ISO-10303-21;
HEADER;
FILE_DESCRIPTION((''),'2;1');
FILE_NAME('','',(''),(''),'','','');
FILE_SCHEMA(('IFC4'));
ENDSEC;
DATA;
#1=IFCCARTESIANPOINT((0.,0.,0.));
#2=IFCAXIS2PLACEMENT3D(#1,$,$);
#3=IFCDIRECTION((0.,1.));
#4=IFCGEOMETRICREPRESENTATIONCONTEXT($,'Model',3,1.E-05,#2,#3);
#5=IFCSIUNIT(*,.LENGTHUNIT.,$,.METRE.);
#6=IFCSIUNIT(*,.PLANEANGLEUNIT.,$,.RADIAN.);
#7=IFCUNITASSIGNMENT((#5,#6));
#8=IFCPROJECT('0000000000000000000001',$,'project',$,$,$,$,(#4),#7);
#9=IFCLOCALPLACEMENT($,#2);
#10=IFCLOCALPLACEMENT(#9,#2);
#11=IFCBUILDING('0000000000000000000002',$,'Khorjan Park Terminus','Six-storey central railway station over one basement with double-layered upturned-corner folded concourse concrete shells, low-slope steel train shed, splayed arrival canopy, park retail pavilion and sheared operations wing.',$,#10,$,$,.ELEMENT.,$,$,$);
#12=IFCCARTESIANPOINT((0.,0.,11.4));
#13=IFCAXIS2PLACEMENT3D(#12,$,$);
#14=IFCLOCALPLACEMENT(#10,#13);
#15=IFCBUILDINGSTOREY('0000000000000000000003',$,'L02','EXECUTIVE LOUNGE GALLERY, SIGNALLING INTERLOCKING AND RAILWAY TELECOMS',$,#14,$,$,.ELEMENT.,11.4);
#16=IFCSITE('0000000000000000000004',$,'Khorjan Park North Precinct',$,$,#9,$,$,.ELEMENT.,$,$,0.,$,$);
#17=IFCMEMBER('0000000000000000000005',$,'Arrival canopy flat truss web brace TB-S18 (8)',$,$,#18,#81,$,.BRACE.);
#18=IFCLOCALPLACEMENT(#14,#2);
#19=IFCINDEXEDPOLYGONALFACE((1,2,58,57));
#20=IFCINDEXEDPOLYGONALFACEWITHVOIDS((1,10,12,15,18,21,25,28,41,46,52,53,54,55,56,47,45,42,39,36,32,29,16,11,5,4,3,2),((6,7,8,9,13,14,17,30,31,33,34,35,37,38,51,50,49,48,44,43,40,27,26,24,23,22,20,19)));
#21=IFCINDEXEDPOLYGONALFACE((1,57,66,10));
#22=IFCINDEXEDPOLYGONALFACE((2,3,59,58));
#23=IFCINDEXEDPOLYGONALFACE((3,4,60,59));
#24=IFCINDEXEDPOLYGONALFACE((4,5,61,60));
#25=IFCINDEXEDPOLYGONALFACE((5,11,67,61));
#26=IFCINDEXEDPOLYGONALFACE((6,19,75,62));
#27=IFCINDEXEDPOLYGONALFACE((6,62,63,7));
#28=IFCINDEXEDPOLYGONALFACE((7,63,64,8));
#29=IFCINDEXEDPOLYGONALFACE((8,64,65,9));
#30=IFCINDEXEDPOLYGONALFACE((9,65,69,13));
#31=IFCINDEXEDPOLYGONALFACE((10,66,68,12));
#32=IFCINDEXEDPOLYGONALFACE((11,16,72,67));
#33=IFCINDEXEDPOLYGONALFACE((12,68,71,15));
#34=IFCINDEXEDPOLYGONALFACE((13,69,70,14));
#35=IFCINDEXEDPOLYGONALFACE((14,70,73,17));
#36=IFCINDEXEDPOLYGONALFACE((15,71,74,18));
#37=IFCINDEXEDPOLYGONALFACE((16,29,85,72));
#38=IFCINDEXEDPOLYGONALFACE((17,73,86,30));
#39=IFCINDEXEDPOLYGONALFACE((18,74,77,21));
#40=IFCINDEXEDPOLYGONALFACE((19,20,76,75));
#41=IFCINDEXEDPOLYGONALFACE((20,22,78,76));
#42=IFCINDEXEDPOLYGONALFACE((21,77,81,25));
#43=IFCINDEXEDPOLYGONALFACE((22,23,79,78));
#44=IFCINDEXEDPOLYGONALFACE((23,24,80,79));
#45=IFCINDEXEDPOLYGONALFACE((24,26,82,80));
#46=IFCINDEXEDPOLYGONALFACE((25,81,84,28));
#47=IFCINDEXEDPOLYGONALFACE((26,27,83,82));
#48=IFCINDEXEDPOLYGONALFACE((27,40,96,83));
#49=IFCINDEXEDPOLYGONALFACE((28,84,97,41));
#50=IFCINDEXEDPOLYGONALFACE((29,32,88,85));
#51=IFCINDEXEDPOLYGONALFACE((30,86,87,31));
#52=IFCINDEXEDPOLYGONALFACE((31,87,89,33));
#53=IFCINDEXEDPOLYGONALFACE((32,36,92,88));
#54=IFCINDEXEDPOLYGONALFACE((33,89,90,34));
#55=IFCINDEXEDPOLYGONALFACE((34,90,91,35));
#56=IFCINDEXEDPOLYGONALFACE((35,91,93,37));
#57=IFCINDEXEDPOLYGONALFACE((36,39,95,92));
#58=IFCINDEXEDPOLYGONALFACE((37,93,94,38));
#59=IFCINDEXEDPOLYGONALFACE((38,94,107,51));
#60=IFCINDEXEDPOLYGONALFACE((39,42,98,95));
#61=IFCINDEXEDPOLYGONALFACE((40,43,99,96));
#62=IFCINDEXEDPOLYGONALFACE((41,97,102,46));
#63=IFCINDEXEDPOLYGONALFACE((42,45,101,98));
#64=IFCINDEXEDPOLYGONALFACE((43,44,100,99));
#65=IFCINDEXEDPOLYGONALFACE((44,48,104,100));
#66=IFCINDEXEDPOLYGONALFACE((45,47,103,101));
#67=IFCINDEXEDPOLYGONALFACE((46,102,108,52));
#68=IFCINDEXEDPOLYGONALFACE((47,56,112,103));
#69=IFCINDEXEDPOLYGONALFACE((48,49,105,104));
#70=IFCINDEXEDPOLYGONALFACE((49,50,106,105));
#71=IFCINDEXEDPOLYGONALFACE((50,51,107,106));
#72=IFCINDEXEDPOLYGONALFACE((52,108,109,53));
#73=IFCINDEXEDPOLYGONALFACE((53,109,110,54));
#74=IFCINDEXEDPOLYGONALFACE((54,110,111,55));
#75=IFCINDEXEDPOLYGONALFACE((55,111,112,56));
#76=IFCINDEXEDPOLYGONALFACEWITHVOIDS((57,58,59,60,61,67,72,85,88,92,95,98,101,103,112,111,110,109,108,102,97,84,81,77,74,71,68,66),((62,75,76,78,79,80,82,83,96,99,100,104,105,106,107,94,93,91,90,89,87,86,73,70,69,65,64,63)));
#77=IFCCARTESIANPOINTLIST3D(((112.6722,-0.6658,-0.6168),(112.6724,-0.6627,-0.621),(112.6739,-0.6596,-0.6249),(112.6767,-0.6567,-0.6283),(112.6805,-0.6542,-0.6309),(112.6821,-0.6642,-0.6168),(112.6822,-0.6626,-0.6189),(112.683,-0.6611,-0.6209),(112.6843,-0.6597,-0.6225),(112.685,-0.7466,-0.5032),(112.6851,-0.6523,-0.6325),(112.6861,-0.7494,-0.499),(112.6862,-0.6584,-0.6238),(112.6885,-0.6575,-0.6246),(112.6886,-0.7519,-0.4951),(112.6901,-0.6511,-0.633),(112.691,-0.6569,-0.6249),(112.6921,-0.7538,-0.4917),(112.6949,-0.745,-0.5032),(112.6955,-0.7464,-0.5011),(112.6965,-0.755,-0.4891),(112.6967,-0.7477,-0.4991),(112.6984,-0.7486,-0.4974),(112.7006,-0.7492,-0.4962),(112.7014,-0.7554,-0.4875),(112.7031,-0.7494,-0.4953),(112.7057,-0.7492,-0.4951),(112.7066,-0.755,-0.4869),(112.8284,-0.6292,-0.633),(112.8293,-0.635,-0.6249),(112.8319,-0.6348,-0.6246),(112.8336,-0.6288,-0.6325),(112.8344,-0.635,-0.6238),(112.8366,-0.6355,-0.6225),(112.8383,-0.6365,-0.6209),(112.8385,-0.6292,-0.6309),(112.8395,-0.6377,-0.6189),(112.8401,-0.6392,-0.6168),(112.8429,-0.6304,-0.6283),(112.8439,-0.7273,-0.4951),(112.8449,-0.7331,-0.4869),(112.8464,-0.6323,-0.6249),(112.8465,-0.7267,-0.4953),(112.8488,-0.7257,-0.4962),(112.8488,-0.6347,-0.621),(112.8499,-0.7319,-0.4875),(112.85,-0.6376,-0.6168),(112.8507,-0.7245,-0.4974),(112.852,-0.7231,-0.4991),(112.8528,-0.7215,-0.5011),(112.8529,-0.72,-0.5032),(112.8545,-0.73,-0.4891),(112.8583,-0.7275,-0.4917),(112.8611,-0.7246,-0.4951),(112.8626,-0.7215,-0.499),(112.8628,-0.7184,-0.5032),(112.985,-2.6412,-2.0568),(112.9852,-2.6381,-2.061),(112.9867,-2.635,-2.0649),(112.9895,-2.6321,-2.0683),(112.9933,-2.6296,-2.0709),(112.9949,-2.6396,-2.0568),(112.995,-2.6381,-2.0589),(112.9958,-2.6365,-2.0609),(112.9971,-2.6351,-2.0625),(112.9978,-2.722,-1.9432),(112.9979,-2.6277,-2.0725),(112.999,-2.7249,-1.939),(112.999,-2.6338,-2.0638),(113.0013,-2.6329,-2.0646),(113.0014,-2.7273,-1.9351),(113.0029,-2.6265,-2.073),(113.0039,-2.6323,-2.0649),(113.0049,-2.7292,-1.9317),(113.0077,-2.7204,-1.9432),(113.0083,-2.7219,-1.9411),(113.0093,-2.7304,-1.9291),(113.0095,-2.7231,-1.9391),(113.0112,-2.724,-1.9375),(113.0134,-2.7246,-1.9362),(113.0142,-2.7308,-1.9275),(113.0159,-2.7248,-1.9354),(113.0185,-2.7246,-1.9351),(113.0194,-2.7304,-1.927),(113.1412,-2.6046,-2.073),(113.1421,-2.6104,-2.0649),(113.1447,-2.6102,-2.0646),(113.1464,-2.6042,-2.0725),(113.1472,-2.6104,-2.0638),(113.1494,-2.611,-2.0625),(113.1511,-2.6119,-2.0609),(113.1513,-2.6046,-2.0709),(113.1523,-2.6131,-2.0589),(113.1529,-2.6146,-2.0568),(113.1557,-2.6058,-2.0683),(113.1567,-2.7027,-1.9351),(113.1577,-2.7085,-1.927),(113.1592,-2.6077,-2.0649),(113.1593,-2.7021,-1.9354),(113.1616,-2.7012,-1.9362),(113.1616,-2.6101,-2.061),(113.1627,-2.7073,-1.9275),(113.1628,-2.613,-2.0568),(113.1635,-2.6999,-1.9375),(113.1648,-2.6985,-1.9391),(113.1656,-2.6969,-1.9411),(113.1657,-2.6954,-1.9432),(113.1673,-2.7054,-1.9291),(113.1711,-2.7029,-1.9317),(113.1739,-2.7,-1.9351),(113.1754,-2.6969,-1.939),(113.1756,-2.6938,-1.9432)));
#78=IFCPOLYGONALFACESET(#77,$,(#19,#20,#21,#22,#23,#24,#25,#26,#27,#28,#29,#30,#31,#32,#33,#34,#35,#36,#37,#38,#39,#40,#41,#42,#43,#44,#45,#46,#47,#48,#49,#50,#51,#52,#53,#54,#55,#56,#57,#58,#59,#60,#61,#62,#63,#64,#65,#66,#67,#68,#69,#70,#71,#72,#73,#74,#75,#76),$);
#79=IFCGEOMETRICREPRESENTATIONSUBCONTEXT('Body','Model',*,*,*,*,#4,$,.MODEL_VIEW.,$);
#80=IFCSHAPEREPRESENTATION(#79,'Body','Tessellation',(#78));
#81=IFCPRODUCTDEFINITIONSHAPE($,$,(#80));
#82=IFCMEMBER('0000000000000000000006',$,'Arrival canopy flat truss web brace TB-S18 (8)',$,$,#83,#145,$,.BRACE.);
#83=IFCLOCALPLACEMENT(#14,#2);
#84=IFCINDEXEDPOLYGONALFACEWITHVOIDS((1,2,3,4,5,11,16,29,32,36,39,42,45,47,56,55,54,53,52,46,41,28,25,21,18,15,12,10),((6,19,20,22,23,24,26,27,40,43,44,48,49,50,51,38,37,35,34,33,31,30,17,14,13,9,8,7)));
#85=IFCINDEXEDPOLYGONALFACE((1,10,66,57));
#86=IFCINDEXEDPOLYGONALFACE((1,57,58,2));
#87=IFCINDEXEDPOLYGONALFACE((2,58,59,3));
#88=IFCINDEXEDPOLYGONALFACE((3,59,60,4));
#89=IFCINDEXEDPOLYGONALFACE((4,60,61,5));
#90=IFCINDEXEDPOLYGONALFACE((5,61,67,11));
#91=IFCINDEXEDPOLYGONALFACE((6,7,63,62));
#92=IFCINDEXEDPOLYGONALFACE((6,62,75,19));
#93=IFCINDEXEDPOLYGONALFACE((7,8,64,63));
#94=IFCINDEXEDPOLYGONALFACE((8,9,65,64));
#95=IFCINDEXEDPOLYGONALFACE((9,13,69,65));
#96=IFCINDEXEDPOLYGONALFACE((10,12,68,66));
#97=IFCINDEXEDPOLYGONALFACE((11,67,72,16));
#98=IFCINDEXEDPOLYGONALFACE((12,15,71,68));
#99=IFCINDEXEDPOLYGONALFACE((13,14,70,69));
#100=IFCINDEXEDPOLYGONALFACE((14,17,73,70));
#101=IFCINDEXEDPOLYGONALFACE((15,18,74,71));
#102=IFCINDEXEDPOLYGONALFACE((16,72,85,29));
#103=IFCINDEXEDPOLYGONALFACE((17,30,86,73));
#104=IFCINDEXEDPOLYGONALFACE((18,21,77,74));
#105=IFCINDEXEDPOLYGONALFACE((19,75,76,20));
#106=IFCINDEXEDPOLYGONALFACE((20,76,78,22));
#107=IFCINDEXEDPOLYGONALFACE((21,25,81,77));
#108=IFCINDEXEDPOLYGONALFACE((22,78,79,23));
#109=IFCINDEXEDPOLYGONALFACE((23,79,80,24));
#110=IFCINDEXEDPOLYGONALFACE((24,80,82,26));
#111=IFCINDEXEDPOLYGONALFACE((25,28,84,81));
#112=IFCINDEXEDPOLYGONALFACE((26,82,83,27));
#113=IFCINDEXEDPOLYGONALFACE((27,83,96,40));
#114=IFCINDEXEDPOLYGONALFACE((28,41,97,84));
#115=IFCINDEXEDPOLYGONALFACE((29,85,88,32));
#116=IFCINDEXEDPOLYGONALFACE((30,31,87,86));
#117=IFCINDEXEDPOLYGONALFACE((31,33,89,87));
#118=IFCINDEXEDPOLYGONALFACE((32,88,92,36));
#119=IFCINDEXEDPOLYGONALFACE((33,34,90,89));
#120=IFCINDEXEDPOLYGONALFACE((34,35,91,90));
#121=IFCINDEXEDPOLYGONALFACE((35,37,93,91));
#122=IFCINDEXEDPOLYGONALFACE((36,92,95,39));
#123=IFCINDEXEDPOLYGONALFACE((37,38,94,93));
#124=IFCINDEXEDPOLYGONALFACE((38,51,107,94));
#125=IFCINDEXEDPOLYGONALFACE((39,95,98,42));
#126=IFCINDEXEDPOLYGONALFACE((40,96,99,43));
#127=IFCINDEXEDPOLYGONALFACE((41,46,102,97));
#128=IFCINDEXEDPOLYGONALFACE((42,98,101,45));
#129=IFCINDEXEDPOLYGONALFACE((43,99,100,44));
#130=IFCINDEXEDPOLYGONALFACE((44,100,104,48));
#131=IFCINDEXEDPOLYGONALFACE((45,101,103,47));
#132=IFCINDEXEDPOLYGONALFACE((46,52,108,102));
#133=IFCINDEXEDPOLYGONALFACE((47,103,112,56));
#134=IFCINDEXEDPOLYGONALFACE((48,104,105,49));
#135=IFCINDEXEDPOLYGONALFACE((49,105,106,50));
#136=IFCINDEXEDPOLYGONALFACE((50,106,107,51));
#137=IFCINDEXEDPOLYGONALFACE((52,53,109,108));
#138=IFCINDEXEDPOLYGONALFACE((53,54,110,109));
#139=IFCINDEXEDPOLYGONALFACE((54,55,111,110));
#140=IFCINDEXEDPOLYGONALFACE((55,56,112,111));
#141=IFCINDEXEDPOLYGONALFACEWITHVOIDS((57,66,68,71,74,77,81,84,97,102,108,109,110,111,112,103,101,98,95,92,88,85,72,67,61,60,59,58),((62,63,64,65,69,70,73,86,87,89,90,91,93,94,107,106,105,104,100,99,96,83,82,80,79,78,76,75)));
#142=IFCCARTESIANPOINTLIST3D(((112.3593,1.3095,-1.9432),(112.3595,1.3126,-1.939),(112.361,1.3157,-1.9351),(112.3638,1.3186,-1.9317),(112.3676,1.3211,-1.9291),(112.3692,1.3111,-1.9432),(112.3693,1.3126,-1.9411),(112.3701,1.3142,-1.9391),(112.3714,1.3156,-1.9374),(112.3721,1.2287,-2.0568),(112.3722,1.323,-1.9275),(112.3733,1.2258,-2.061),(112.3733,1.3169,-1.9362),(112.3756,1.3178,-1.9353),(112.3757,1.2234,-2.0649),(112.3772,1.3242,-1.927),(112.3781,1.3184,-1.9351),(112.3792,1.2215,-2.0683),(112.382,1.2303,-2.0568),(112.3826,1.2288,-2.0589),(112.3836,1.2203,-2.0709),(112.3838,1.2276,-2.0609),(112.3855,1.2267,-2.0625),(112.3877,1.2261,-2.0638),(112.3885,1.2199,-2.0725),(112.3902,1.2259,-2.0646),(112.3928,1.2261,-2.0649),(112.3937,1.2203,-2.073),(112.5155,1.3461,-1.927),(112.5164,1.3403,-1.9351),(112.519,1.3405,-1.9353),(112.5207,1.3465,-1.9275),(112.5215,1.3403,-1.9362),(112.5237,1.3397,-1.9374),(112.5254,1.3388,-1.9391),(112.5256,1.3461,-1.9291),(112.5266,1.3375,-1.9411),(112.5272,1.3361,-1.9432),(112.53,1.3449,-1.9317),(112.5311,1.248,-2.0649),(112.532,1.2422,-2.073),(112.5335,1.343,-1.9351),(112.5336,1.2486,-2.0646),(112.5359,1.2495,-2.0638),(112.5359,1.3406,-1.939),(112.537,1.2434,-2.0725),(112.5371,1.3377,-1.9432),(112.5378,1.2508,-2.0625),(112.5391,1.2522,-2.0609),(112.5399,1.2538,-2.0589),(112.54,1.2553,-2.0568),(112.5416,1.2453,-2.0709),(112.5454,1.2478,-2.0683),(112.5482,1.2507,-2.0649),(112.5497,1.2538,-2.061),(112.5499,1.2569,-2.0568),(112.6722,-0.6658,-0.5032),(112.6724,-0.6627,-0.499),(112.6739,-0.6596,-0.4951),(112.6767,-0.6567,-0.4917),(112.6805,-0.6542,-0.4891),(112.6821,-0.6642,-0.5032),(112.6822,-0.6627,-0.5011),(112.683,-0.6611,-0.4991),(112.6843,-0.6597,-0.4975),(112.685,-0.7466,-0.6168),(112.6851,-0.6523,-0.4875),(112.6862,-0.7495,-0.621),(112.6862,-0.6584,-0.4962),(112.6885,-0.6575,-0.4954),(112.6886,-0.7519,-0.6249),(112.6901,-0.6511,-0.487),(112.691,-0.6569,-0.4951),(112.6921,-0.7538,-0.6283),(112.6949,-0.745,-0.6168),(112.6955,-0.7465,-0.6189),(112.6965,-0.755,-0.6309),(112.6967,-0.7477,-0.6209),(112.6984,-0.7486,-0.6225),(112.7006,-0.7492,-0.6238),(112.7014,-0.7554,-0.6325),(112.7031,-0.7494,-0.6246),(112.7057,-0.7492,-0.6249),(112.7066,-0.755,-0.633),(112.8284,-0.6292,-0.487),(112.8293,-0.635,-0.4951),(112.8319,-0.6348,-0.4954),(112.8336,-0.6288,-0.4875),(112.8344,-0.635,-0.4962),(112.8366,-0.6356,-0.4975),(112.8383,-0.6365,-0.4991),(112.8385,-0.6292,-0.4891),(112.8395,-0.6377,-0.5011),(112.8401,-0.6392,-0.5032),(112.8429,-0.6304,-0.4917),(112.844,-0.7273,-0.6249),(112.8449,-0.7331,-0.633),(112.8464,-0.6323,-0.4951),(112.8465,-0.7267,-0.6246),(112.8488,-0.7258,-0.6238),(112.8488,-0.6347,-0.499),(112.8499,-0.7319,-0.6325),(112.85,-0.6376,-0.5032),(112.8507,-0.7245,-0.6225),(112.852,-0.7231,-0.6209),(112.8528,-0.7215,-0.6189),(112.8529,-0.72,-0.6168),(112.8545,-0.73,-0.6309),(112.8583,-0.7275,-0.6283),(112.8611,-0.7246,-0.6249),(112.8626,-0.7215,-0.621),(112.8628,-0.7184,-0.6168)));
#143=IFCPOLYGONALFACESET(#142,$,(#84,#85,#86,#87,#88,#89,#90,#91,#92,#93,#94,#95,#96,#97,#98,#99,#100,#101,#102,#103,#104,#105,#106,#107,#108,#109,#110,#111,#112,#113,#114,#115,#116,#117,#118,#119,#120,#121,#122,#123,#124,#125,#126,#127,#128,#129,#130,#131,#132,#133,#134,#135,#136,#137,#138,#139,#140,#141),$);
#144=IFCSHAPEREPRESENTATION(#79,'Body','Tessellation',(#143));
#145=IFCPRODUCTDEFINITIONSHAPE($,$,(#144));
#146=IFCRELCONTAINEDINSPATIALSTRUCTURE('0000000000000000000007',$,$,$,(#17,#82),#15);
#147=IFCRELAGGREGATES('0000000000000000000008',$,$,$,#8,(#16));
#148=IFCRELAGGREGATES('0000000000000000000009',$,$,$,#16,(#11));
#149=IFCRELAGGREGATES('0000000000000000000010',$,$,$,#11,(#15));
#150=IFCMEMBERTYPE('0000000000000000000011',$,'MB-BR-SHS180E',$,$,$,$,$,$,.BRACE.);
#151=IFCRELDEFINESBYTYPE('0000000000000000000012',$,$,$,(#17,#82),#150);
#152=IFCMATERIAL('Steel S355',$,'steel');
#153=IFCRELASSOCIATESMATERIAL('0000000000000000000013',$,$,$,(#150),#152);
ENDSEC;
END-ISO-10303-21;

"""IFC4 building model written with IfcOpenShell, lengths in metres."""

from ifc_helpers import new_model, si_unit, direction, frame, origin, origin_2d, place, context, subcontext, project, spatial, hollow_rectangle, extrude, material, material_profile, profile_set, type_object, element, save


model = new_model("IFC4")

# Units and contexts
model_context = context("Model", 3, precision=1e-05, world=origin(), true_north=direction((0.0, 1.0)))
body_context = subcontext(model_context, "Body", "Model", "MODEL_VIEW")
ifc_project = project(units=[si_unit("LENGTHUNIT", "METRE"), si_unit("PLANEANGLEUNIT", "RADIAN")], contexts=[model_context])

# Site, building, storey
site_placement = place(None, origin())
site = spatial("IfcSite", under=ifc_project, at=site_placement, Name="Khorjan Park North Precinct", CompositionType="ELEMENT", RefElevation=0.0)
building_placement = place(site_placement, origin())
building = spatial("IfcBuilding", under=site, at=building_placement, Name="Khorjan Park Terminus", Description="Six-storey central railway station over one basement with double-layered upturned-corner folded concourse concrete shells, low-slope steel train shed, splayed arrival canopy, park retail pavilion and sheared operations wing.", CompositionType="ELEMENT")
storey_placement = place(building_placement, frame((0.0, 0.0, 11.4)))
storey = spatial("IfcBuildingStorey", under=building, at=storey_placement, Name="L02", Description="EXECUTIVE LOUNGE GALLERY, SIGNALLING INTERLOCKING AND RAILWAY TELECOMS", CompositionType="ELEMENT", Elevation=11.4)

# Members
ifc_material = material(Name="Steel S355", Category="steel")
ifc_material_profile_1 = material_profile(ifc_material, hollow_rectangle(XDim=0.18, YDim=0.18, WallThickness=0.01, InnerFilletRadius=0.01, OuterFilletRadius=0.02, at=origin_2d()), Name="SHS 180x180x10")
ifc_profile_set_1 = profile_set([ifc_material_profile_1], Name="Steel S355")
member_type_1 = type_object("IfcMemberType", Name="MB-BR-SHS180E", PredefinedType="BRACE", material=ifc_profile_set_1)
member_1_placement = place(storey_placement, frame((113.0803, -2.6675, -2.0), z_axis=(-0.126923, 0.801549, 0.584302), x_axis=(-0.987694, -0.156399, 0.0)))
element("IfcMember", 1, at=member_1_placement, inside=storey, type_object=member_type_1, Name="Arrival canopy flat truss web brace TB-S18 (8)", PredefinedType="BRACE", context=body_context, shape_type="SweptSolid", body=[
    extrude(hollow_rectangle(XDim=0.18, YDim=0.18, WallThickness=0.01, InnerFilletRadius=0.01, OuterFilletRadius=0.02, at=origin_2d()), origin(), (0.0, 0.0, 1.0), 2.4645),
])
member_2_placement = place(storey_placement, frame((112.7675, -0.6921, -0.56), z_axis=(-0.126968, 0.801531, -0.584318), x_axis=(-0.987685, -0.156456, 0.0)))
element("IfcMember", 2, at=member_2_placement, inside=storey, type_object=member_type_1, Name="Arrival canopy flat truss web brace TB-S18 (8)", PredefinedType="BRACE", context=body_context, shape_type="SweptSolid", body=[
    extrude(hollow_rectangle(XDim=0.18, YDim=0.18, WallThickness=0.01, InnerFilletRadius=0.01, OuterFilletRadius=0.02, at=origin_2d()), origin(), (0.0, 0.0, 1.0), 2.4644),
])

save(model, "model.ifc")
